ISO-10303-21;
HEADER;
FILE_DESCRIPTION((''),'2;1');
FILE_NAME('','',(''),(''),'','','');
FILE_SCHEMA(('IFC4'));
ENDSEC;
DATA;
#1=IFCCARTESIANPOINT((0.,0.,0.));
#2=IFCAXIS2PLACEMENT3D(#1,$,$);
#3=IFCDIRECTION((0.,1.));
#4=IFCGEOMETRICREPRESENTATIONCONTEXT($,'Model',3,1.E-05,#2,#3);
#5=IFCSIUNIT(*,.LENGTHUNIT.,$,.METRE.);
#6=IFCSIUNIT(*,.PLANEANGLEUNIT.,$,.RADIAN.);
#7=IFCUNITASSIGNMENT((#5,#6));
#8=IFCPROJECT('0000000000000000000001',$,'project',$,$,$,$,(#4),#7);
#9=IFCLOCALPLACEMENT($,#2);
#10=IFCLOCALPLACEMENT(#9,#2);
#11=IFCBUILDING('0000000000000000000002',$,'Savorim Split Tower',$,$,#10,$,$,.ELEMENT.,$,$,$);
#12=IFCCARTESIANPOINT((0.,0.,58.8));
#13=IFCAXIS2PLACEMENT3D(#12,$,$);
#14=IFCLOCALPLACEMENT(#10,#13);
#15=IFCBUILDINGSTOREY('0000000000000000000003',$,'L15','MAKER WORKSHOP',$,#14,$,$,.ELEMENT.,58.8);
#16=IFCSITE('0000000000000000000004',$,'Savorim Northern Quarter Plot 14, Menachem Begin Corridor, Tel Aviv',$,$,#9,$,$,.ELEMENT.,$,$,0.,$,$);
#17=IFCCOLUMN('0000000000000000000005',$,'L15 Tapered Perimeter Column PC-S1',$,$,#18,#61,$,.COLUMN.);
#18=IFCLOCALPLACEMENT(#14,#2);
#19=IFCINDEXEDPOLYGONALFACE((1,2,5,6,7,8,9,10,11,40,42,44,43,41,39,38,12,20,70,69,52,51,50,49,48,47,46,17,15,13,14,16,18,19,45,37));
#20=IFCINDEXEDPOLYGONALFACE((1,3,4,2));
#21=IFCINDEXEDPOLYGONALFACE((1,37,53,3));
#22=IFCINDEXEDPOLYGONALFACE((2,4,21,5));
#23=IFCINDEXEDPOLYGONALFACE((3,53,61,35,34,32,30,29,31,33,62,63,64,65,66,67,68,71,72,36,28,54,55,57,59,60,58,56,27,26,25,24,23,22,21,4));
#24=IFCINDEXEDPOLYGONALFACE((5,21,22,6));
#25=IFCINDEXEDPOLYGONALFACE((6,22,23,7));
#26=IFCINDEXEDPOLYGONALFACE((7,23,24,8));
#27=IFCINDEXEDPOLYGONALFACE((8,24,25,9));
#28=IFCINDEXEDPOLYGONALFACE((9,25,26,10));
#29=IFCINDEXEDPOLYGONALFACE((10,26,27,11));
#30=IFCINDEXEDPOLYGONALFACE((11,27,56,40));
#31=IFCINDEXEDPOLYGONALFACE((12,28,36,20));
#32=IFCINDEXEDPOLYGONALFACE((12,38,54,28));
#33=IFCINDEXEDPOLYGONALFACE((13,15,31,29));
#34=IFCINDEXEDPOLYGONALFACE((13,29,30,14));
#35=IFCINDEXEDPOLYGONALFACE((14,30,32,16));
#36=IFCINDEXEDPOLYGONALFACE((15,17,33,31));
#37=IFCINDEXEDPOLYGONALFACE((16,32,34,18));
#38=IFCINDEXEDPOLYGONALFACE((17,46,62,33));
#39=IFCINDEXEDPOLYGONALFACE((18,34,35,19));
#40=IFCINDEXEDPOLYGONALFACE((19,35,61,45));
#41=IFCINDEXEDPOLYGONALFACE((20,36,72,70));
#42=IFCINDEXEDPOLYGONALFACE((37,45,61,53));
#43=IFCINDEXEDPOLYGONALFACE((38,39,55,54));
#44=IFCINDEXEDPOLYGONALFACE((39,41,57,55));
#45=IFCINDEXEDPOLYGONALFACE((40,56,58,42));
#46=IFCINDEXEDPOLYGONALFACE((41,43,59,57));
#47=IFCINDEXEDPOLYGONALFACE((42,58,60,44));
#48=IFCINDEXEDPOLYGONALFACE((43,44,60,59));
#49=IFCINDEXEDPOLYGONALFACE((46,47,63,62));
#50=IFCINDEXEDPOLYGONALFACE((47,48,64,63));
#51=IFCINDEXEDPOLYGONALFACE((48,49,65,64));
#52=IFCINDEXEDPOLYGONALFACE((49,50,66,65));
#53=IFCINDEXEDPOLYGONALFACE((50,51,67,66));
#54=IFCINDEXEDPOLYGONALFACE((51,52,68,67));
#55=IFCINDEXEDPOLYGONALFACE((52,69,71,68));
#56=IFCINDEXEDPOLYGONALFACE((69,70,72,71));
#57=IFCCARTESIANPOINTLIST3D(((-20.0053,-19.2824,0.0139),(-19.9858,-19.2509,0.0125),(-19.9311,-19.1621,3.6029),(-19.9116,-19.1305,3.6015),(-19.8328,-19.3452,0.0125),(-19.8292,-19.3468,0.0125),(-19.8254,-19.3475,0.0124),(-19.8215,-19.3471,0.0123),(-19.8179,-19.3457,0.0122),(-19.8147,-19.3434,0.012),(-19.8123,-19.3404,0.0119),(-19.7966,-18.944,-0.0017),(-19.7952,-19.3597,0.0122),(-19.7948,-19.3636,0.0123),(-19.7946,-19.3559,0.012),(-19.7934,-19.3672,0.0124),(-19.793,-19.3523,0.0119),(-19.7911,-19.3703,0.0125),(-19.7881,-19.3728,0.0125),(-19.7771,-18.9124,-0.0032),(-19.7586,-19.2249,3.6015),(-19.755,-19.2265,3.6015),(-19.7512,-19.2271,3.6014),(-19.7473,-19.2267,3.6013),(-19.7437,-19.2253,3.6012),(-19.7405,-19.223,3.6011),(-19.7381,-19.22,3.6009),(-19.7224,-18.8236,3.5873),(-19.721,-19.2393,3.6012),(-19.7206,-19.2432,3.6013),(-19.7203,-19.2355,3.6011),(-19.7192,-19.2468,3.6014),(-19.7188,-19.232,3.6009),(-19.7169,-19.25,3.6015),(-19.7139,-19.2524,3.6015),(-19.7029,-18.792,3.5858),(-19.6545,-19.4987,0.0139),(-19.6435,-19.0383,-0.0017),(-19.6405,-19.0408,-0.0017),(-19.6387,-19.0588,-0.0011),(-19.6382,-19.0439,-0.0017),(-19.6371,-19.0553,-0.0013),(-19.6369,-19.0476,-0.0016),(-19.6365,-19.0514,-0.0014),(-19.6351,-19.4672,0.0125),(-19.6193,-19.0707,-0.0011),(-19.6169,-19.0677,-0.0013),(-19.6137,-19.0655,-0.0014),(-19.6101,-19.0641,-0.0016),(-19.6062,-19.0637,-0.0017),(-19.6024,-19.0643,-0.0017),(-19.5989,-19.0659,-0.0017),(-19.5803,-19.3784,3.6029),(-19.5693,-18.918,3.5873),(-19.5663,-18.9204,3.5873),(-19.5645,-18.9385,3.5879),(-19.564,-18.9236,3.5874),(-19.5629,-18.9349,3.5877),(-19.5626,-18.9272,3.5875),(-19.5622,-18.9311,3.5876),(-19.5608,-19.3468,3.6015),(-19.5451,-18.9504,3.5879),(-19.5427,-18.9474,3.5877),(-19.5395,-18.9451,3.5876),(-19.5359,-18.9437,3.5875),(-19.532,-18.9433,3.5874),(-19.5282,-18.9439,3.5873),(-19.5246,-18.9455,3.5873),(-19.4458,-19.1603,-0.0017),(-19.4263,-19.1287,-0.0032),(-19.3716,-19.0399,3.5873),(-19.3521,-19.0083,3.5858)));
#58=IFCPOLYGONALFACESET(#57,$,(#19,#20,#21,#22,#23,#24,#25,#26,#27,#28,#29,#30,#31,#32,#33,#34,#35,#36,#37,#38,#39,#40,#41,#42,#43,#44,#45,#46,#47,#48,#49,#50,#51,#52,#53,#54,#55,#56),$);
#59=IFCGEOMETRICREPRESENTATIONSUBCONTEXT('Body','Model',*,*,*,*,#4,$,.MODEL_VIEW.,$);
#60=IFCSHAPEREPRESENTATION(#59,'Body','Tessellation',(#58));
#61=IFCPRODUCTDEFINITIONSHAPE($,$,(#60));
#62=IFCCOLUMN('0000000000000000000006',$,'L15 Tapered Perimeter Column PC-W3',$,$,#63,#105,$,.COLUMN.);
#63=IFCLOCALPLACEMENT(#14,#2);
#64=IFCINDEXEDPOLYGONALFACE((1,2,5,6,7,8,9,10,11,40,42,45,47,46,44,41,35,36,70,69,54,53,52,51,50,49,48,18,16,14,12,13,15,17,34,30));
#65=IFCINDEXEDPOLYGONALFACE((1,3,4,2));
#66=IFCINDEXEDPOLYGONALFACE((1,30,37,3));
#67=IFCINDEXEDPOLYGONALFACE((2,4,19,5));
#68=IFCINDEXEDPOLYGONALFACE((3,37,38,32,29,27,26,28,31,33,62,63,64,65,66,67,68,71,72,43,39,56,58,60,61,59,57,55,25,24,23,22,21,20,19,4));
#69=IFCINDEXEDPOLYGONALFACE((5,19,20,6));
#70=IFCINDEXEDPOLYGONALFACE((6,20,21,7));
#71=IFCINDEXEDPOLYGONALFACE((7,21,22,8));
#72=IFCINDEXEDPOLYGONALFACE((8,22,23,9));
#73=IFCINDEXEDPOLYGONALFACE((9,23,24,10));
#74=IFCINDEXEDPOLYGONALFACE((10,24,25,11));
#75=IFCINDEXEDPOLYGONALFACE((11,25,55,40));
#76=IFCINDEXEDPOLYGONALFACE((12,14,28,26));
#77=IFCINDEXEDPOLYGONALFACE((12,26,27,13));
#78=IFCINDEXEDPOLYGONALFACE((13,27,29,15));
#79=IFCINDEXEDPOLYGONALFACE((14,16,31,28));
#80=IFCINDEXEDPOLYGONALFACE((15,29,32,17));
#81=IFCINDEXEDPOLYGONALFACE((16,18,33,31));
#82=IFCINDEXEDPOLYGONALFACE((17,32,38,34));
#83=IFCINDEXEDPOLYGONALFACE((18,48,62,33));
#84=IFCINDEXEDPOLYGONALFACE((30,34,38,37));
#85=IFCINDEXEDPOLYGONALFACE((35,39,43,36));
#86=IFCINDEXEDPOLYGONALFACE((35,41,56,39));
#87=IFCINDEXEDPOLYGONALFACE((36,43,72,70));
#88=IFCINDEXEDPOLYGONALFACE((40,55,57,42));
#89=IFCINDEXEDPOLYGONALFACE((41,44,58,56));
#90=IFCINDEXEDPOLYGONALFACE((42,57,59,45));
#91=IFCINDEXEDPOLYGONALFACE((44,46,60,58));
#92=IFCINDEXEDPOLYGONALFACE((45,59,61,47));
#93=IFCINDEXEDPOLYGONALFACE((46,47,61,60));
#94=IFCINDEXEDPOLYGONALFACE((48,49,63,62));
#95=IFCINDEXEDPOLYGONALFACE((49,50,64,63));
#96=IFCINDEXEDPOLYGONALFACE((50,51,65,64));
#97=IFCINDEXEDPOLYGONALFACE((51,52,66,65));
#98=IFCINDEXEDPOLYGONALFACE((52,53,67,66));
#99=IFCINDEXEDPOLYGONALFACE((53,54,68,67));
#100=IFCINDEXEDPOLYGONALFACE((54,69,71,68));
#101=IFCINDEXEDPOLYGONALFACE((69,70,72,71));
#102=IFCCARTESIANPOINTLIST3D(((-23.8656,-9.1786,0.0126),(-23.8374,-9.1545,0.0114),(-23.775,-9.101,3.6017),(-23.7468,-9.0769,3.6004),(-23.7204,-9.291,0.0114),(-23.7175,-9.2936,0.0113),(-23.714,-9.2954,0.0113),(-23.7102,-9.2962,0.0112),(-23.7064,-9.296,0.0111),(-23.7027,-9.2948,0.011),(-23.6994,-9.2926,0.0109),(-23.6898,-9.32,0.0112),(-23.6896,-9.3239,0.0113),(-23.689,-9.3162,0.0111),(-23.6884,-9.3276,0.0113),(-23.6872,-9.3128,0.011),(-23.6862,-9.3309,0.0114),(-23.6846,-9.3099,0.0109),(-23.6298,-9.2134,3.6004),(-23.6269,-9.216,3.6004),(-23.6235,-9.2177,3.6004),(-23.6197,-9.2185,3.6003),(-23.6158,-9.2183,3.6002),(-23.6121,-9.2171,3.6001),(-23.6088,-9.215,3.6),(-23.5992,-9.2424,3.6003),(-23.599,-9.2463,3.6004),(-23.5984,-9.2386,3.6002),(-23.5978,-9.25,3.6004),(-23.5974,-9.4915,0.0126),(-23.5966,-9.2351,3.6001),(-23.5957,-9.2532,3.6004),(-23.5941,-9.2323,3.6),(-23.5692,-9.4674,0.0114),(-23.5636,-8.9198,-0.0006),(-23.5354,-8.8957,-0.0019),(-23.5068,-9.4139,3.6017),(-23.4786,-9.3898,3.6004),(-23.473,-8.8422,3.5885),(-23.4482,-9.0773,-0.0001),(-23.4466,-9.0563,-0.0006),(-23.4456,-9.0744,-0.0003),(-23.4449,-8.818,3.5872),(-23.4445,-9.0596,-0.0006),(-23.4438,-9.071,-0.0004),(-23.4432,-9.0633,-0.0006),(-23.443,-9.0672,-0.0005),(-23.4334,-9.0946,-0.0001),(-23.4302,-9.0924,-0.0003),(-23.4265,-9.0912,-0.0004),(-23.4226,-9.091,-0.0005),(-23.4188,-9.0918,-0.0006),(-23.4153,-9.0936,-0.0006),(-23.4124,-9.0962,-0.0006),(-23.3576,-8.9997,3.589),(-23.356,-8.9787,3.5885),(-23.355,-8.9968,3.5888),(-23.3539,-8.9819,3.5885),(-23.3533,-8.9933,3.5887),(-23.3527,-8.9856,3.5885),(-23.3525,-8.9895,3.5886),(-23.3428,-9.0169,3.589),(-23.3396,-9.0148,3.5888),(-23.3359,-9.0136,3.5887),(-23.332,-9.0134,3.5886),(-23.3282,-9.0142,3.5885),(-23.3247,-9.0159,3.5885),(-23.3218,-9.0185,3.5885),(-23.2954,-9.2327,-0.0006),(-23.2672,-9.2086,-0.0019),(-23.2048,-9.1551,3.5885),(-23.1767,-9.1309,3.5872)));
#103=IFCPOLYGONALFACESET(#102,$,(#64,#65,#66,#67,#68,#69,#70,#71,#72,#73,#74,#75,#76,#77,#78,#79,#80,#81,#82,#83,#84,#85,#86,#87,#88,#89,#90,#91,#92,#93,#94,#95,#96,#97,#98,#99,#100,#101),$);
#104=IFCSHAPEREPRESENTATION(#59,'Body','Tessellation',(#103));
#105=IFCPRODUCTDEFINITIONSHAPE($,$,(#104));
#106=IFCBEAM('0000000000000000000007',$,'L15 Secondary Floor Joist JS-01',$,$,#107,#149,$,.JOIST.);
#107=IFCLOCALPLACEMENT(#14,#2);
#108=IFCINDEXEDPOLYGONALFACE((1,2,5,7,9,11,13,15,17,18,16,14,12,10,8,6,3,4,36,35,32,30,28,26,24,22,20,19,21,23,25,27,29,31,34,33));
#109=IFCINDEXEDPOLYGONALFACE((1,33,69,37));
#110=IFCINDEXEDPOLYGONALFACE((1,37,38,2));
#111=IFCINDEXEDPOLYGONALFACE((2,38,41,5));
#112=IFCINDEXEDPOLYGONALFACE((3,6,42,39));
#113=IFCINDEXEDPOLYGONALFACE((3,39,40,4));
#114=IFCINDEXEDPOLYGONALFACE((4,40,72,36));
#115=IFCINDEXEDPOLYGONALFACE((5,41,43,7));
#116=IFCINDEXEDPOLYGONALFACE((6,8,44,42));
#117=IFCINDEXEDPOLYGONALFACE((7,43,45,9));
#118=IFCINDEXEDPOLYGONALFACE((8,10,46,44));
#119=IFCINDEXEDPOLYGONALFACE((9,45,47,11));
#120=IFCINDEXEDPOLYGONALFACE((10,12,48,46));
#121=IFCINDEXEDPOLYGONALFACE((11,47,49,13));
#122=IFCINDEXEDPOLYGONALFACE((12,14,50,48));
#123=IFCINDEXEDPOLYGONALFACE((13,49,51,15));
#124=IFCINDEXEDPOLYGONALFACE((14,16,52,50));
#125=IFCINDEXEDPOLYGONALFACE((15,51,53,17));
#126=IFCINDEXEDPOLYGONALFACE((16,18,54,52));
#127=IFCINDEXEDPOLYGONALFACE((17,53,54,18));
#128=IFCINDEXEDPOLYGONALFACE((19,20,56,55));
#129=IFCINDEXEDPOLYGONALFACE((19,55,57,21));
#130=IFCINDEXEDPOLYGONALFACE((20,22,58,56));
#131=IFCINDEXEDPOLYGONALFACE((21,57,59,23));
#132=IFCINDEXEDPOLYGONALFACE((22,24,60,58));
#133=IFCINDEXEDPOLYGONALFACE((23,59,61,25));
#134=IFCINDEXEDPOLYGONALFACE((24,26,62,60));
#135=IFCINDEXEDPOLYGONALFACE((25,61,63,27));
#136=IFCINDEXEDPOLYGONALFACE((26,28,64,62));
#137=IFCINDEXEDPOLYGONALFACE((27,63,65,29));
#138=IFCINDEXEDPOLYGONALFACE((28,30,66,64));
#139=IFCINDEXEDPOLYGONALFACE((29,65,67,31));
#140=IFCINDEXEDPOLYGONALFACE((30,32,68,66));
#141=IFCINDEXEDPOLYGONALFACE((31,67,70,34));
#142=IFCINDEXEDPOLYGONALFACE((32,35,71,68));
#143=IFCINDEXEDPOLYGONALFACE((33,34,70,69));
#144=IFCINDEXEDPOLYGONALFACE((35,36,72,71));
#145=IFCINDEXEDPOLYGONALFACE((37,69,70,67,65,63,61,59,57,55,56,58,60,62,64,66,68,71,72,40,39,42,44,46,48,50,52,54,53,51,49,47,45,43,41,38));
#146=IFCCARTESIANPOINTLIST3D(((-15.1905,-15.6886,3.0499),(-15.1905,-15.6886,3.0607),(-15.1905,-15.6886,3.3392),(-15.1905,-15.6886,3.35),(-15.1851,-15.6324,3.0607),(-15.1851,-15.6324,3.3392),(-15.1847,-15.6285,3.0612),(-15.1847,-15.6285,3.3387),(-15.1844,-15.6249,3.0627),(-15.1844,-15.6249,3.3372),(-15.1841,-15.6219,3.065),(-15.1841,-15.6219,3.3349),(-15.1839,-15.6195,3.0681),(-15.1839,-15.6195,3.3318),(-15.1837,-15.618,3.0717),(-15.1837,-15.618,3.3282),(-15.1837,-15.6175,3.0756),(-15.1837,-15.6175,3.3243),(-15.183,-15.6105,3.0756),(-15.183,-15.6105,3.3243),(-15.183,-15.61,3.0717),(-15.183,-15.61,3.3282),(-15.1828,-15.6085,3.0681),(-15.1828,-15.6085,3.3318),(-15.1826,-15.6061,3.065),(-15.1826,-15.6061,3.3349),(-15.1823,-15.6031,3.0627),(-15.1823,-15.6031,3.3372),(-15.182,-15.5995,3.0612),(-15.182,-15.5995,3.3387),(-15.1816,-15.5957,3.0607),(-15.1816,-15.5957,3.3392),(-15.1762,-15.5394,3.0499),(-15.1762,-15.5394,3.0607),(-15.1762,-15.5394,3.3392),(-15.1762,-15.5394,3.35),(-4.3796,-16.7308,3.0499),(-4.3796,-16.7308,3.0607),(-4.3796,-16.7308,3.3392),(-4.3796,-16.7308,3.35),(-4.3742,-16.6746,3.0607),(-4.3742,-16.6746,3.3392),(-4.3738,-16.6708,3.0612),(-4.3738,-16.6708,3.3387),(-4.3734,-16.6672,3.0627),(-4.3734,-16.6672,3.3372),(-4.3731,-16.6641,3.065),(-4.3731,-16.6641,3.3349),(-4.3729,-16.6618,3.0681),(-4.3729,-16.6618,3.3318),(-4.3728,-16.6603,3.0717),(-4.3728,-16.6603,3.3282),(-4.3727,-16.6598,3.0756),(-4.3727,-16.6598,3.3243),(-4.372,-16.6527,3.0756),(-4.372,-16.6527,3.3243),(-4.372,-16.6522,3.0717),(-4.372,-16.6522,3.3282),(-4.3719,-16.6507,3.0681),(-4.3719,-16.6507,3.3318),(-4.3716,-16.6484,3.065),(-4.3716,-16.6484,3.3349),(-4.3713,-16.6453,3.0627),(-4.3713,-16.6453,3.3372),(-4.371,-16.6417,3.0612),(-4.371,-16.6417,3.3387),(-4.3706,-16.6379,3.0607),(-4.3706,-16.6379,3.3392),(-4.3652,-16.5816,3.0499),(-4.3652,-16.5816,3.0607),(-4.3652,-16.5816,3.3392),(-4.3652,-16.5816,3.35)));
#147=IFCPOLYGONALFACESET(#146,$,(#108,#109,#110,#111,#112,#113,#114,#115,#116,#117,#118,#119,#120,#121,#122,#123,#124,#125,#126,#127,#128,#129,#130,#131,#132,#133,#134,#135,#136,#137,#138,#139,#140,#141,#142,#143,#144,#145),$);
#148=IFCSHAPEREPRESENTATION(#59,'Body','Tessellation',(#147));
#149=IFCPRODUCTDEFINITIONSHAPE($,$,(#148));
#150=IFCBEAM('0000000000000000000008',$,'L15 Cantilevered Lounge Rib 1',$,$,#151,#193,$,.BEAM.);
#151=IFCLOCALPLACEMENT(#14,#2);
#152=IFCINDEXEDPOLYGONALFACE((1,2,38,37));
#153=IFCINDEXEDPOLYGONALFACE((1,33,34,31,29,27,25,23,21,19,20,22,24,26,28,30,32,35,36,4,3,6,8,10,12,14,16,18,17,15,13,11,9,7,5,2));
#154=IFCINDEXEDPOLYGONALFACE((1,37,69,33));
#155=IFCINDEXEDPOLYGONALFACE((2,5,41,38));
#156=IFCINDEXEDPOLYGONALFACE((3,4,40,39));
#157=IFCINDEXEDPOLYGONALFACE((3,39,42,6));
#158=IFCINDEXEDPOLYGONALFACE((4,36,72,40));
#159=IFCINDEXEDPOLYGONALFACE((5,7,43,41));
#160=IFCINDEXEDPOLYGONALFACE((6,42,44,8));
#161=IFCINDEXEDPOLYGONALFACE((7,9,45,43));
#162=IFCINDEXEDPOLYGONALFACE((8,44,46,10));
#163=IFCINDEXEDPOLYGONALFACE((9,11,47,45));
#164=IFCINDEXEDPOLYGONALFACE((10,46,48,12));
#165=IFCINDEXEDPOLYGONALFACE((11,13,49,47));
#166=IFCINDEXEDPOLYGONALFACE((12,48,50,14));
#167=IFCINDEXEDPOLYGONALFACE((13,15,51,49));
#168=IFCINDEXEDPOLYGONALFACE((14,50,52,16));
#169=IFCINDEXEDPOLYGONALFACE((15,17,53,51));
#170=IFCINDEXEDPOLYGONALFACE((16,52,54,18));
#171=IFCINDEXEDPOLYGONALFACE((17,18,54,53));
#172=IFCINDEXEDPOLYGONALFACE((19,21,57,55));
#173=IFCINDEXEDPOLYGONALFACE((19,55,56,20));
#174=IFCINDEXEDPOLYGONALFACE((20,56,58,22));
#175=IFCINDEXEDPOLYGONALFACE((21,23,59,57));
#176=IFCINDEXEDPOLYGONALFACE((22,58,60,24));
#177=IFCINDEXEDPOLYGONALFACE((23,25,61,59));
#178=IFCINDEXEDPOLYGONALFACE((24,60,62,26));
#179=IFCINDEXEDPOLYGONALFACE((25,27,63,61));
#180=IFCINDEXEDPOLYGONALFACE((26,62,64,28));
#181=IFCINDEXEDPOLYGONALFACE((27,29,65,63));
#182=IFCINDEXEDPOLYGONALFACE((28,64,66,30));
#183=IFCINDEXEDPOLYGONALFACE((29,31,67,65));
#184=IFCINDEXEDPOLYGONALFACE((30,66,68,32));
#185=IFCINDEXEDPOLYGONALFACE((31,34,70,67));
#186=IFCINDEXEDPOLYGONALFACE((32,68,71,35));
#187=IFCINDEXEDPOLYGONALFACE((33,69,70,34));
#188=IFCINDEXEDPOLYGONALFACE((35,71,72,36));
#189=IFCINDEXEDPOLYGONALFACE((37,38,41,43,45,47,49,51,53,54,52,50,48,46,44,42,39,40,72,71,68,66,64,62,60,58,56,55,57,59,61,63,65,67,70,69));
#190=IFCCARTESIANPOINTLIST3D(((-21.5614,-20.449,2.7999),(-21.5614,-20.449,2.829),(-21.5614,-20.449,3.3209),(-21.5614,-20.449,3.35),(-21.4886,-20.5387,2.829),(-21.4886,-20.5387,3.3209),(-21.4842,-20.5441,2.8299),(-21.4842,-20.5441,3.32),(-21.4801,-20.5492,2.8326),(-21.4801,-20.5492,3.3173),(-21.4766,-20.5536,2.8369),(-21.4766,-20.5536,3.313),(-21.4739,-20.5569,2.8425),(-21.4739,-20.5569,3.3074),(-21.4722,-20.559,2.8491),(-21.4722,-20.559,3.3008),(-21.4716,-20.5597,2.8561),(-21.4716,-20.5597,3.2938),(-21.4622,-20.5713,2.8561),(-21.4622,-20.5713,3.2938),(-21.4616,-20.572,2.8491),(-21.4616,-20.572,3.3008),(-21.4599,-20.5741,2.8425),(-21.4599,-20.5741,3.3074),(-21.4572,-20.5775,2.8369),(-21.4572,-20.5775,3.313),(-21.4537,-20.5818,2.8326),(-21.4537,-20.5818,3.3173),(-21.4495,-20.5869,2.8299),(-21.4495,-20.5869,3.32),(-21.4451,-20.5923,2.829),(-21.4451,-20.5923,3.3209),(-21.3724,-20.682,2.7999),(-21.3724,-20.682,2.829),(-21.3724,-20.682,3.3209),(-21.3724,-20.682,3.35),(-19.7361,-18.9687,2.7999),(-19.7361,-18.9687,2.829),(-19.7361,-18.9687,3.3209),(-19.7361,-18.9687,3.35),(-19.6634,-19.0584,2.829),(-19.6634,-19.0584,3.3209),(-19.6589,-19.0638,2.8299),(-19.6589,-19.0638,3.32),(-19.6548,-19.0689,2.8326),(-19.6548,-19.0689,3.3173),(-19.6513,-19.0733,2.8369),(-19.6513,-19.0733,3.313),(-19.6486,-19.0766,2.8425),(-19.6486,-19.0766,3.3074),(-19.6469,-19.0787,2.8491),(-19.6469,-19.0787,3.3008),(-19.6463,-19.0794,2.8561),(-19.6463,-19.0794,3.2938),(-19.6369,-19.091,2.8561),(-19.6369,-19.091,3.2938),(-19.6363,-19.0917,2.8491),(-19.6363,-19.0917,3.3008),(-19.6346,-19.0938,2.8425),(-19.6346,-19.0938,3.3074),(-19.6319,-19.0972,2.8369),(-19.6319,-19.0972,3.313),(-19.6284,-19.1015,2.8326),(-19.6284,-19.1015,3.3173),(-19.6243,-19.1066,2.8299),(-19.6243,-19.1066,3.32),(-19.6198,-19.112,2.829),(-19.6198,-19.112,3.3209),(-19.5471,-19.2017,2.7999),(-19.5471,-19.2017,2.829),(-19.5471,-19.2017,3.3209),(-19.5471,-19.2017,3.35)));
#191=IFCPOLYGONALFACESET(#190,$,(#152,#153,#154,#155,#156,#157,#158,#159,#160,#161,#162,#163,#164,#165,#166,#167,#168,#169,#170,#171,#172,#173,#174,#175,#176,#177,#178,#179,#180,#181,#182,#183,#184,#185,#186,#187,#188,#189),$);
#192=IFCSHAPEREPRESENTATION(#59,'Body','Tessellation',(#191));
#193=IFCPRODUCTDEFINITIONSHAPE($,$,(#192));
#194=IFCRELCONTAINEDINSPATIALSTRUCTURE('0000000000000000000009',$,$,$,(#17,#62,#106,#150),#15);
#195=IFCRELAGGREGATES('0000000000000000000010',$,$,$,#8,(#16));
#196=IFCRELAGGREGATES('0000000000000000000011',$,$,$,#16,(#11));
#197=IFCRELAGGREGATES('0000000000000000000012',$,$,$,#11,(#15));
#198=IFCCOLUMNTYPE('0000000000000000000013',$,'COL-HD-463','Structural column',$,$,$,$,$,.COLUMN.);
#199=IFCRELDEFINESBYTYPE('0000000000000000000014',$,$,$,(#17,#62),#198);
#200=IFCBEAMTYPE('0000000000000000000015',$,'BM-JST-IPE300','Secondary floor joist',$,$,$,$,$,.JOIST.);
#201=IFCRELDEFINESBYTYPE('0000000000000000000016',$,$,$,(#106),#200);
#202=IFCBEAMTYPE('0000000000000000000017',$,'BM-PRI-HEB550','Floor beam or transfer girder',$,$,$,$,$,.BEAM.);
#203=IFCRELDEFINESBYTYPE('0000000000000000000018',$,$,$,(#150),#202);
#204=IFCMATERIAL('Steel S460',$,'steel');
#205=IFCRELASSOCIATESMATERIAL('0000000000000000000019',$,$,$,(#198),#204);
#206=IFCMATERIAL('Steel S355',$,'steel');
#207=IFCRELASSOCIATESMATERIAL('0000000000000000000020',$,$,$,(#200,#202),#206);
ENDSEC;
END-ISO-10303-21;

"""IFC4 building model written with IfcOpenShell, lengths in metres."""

from ifc_helpers import new_model, si_unit, direction, frame, origin, origin_2d, place, context, subcontext, project, spatial, i_section, extrude, material, material_profile, profile_set, type_object, element, save


model = new_model("IFC4")

# Units and contexts
model_context = context("Model", 3, precision=1e-05, world=origin(), true_north=direction((0.0, 1.0)))
body_context = subcontext(model_context, "Body", "Model", "MODEL_VIEW")
ifc_project = project(units=[si_unit("LENGTHUNIT", "METRE"), si_unit("PLANEANGLEUNIT", "RADIAN")], contexts=[model_context])

# Site, building, storey
site_placement = place(None, origin())
site = spatial("IfcSite", under=ifc_project, at=site_placement, Name="Savorim Northern Quarter Plot 14, Menachem Begin Corridor, Tel Aviv", CompositionType="ELEMENT", RefElevation=0.0)
building_placement = place(site_placement, origin())
building = spatial("IfcBuilding", under=site, at=building_placement, Name="Savorim Split Tower", CompositionType="ELEMENT")
storey_placement = place(building_placement, frame((0.0, 0.0, 58.8)))
storey = spatial("IfcBuildingStorey", under=building, at=storey_placement, Name="L15", Description="MAKER WORKSHOP", CompositionType="ELEMENT", Elevation=58.8)

# Columns
ifc_material_1 = material(Name="Steel S460", Category="steel")
ifc_material_profile_1 = material_profile(ifc_material_1, i_section(OverallWidth=0.4121, OverallDepth=0.4351, WebThickness=0.0227, FlangeThickness=0.0371, FilletRadius=0.0149, at=origin_2d()), Name="HD 400x463")
ifc_profile_set_1 = profile_set([ifc_material_profile_1], Name="Steel S460")
column_type = type_object("IfcColumnType", Name="COL-HD-463", Description="Structural column", PredefinedType="COLUMN", material=ifc_profile_set_1)
column_1_placement = place(storey_placement, frame((-19.7158, -19.2056, 0.0054), z_axis=(0.020663, 0.033509, 0.999225), x_axis=(-0.851184, 0.524868, 0.0)))
element("IfcColumn", 1, at=column_1_placement, inside=storey, type_object=column_type, Name="L15 Tapered Perimeter Column PC-S1", PredefinedType="COLUMN", context=body_context, shape_type="SweptSolid", body=[
    extrude(i_section(OverallWidth=0.4121, OverallDepth=0.4351, WebThickness=0.0227, FlangeThickness=0.0371, FilletRadius=0.0149, at=origin_2d()), origin(), (0.0, 0.0, 1.0), 3.5918),
])
column_2_placement = place(storey_placement, frame((-23.5664, -9.1936, 0.0054), z_axis=(0.025222, 0.021619, 0.999448), x_axis=(-0.650791, 0.759257, 0.0)))
element("IfcColumn", 2, at=column_2_placement, inside=storey, type_object=column_type, Name="L15 Tapered Perimeter Column PC-W3", PredefinedType="COLUMN", context=body_context, shape_type="SweptSolid", body=[
    extrude(i_section(OverallWidth=0.4121, OverallDepth=0.4351, WebThickness=0.0227, FlangeThickness=0.0371, FilletRadius=0.0149, at=origin_2d()), origin(), (0.0, 0.0, 1.0), 3.5911),
])

# Beams
ifc_material_2 = material(Name="Steel S355", Category="steel")
ifc_material_profile_2 = material_profile(ifc_material_2, i_section(OverallWidth=0.1499, OverallDepth=0.3, WebThickness=0.0071, FlangeThickness=0.0107, FilletRadius=0.0149, at=origin_2d()), Name="IPE 300")
ifc_profile_set_2 = profile_set([ifc_material_profile_2], Name="Steel S355")
beam_type_1 = type_object("IfcBeamType", Name="BM-JST-IPE300", Description="Secondary floor joist", PredefinedType="JOIST", material=ifc_profile_set_2)
beam_1_placement = place(storey_placement, frame((-15.1833, -15.614, 3.2), z_axis=(0.995385, -0.09596, 0.0), x_axis=(0.09596, 0.995385, 0.0)))
element("IfcBeam", 3, at=beam_1_placement, inside=storey, type_object=beam_type_1, Name="L15 Secondary Floor Joist JS-01", PredefinedType="JOIST", context=body_context, shape_type="SweptSolid", body=[
    extrude(i_section(OverallWidth=0.1499, OverallDepth=0.3, WebThickness=0.0071, FlangeThickness=0.0107, FilletRadius=0.0149, at=origin_2d()), origin(), (0.0, 0.0, 1.0), 10.8611),
])
ifc_material_profile_3 = material_profile(ifc_material_2, i_section(OverallWidth=0.3, OverallDepth=0.55, WebThickness=0.0149, FlangeThickness=0.0291, FilletRadius=0.0271, at=origin_2d()), Name="HEB 550")
ifc_profile_set_3 = profile_set([ifc_material_profile_3], Name="Steel S355")
beam_type_2 = type_object("IfcBeamType", Name="BM-PRI-HEB550", Description="Floor beam or transfer girder", PredefinedType="BEAM", material=ifc_profile_set_3)
beam_2_placement = place(storey_placement, frame((-19.6416, -19.0852, 3.075), z_axis=(-0.776686, -0.629888, 0.0), x_axis=(0.629888, -0.776686, 0.0)))
element("IfcBeam", 4, at=beam_2_placement, inside=storey, type_object=beam_type_2, Name="L15 Cantilevered Lounge Rib 1", PredefinedType="BEAM", context=body_context, shape_type="SweptSolid", body=[
    extrude(i_section(OverallWidth=0.3, OverallDepth=0.55, WebThickness=0.0149, FlangeThickness=0.0291, FilletRadius=0.0271, at=origin_2d()), origin(), (0.0, 0.0, 1.0), 2.3501),
])

save(model, "model.ifc")
